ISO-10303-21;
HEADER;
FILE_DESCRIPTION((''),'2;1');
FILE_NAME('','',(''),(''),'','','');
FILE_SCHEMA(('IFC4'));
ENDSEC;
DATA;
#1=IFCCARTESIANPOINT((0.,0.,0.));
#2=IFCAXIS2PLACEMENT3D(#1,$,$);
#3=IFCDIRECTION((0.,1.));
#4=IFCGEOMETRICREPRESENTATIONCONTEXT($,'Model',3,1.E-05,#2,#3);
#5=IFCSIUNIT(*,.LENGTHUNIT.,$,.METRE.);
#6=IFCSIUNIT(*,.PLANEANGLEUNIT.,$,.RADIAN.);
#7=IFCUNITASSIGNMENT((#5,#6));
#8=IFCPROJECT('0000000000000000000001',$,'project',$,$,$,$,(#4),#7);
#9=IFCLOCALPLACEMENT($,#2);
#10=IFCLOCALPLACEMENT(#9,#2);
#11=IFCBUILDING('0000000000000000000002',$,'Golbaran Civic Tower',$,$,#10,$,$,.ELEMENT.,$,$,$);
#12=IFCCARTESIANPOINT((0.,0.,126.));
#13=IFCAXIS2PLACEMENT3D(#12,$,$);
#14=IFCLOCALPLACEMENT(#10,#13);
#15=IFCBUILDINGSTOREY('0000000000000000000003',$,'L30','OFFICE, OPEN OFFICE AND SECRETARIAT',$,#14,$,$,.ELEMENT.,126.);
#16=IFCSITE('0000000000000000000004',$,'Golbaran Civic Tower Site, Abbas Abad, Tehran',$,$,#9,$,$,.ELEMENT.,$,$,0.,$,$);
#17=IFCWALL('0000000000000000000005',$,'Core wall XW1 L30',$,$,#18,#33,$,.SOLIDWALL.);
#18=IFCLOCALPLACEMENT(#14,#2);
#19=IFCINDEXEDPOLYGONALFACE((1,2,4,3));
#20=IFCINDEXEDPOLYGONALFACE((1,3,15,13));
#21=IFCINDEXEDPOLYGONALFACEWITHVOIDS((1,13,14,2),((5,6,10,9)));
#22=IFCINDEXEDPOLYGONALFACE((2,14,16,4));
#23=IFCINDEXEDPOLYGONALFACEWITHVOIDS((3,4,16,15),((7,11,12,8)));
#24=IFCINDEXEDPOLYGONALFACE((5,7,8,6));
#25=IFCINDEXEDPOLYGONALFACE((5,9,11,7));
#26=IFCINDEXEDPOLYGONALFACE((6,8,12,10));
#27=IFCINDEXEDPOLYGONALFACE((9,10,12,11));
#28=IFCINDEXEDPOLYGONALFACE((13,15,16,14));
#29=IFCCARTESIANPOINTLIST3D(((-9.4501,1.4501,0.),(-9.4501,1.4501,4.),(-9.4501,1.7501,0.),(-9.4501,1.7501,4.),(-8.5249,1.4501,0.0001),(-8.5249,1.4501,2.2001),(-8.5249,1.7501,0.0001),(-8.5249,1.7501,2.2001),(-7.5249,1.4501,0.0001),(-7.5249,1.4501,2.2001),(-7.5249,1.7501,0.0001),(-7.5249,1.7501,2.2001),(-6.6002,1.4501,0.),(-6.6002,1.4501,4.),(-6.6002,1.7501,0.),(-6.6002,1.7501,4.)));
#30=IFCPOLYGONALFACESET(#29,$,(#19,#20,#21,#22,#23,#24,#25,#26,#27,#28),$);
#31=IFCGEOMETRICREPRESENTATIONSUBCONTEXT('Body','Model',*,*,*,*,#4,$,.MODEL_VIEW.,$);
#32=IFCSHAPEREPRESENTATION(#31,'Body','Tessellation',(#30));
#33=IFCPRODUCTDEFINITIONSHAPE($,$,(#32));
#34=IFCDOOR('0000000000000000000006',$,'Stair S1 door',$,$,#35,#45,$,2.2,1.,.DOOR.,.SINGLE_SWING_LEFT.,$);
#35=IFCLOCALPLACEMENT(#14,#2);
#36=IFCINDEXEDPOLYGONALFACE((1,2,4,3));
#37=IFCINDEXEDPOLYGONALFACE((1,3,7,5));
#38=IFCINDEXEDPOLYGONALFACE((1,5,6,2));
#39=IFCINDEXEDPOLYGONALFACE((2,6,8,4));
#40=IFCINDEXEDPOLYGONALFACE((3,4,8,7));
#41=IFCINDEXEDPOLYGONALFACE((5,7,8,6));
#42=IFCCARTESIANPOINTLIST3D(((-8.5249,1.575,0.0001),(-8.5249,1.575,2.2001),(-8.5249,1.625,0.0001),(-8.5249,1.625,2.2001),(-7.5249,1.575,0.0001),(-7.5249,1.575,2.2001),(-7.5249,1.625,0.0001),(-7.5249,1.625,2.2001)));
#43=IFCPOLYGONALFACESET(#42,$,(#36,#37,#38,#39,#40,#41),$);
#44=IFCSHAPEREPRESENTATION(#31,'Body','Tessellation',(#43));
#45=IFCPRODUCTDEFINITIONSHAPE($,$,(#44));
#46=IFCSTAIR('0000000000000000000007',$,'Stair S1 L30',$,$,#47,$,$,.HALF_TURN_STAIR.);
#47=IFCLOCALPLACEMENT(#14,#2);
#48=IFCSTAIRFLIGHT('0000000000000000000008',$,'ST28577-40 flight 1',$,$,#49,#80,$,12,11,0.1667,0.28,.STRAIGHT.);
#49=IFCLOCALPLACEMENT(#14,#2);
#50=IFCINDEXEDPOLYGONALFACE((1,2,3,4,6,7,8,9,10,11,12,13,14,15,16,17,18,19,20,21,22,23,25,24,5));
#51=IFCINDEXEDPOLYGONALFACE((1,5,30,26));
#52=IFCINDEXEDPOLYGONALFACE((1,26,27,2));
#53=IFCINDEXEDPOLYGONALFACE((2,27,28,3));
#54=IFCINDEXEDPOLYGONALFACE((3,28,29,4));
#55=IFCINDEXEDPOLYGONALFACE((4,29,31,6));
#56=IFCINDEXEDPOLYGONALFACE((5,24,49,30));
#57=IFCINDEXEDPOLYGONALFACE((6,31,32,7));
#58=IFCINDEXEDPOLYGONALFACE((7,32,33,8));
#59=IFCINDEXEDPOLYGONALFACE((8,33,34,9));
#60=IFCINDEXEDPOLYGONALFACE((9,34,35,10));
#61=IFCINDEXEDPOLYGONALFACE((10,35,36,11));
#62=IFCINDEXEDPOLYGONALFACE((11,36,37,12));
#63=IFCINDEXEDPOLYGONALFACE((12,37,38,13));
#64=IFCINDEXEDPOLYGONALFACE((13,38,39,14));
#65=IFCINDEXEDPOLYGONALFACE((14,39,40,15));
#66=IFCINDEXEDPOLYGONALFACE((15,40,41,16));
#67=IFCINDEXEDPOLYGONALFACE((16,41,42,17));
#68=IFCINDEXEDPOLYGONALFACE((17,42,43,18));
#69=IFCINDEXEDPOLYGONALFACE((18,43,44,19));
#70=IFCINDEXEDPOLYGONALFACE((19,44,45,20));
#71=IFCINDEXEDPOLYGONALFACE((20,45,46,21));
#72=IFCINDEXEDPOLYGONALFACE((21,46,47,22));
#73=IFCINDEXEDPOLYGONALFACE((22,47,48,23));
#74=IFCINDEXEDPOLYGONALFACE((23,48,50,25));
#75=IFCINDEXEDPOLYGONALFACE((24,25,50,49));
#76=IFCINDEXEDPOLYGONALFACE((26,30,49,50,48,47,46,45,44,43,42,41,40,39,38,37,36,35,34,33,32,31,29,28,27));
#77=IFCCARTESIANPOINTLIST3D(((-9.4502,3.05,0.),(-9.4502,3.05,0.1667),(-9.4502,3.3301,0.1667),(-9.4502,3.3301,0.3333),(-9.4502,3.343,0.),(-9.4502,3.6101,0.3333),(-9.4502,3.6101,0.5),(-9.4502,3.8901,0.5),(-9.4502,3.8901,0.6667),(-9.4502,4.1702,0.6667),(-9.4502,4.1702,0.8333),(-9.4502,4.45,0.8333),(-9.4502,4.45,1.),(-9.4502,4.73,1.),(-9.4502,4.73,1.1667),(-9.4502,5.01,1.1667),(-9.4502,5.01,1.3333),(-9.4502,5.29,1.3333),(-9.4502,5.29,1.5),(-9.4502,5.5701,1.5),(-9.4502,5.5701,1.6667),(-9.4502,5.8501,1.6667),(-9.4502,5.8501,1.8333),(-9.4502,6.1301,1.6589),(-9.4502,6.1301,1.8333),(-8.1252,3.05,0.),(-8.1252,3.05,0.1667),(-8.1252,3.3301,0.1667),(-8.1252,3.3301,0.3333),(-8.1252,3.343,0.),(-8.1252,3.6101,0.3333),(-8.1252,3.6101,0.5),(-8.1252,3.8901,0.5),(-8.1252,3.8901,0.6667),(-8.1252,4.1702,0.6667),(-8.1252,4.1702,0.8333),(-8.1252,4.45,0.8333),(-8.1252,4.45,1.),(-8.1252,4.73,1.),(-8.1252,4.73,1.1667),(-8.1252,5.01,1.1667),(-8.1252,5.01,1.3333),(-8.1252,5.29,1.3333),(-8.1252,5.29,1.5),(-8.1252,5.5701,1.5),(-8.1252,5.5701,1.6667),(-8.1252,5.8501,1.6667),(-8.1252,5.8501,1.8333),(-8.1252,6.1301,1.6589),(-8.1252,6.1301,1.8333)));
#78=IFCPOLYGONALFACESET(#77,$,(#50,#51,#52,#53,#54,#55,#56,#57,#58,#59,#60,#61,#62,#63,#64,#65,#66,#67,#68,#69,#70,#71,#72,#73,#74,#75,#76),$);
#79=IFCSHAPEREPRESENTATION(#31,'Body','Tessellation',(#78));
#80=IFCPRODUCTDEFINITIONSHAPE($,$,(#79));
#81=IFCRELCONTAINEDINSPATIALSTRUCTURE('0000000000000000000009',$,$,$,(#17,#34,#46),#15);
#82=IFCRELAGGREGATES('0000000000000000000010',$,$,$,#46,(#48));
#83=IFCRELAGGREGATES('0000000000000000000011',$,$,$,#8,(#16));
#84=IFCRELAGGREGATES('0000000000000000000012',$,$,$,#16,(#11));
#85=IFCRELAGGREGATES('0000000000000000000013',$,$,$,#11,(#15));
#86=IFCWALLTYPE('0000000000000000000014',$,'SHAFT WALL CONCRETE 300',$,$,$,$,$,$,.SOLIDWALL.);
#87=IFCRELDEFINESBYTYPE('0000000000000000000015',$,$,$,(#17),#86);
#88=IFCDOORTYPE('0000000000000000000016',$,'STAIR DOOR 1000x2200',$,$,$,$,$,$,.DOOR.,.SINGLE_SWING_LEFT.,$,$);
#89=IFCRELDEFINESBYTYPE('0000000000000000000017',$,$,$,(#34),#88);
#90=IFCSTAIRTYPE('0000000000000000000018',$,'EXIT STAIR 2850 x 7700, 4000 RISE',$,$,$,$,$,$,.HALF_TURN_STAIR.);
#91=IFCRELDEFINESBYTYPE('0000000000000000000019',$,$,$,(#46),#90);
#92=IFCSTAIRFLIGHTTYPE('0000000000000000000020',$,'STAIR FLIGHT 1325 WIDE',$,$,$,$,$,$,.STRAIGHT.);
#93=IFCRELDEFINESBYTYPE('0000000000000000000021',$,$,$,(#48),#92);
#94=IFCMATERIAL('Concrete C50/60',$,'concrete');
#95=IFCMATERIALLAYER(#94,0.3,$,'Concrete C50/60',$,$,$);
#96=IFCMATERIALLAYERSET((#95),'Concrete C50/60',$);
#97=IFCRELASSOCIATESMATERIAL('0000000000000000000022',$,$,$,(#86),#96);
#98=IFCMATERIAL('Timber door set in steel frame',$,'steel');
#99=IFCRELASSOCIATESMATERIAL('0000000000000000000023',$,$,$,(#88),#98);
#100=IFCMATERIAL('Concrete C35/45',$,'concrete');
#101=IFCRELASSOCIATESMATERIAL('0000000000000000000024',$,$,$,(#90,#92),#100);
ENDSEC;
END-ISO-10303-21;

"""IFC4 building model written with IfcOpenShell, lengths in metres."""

from ifc_helpers import new_model, si_unit, direction, frame, frame_2d, origin, place, context, subcontext, project, spatial, polyline, rectangle, outline, extrude, material, layer, layer_set, type_object, element, fill, aggregate, save


model = new_model("IFC4")

# Units and contexts
model_context = context("Model", 3, precision=1e-05, world=origin(), true_north=direction((0.0, 1.0)))
body_context = subcontext(model_context, "Body", "Model", "MODEL_VIEW")
ifc_project = project(units=[si_unit("LENGTHUNIT", "METRE"), si_unit("PLANEANGLEUNIT", "RADIAN")], contexts=[model_context])

# Site, building, storey
site_placement = place(None, origin())
site = spatial("IfcSite", under=ifc_project, at=site_placement, Name="Golbaran Civic Tower Site, Abbas Abad, Tehran", CompositionType="ELEMENT", RefElevation=0.0)
building_placement = place(site_placement, origin())
building = spatial("IfcBuilding", under=site, at=building_placement, Name="Golbaran Civic Tower", CompositionType="ELEMENT")
storey_placement = place(building_placement, frame((0.0, 0.0, 126.0)))
storey = spatial("IfcBuildingStorey", under=building, at=storey_placement, Name="L30", Description="OFFICE, OPEN OFFICE AND SECRETARIAT", CompositionType="ELEMENT", Elevation=126.0)

# Shared definitions
ifc_material_1 = material(Name="Concrete C50/60", Category="concrete")
ifc_material_2 = material(Name="Timber door set in steel frame", Category="steel")

# Wall, opening, door
ifc_layer_1 = layer(ifc_material_1, 0.3, Name="Concrete C50/60")
ifc_layer_set_1 = layer_set([ifc_layer_1], Name="Concrete C50/60")
wall_type_1 = type_object("IfcWallType", Name="SHAFT WALL CONCRETE 300", PredefinedType="SOLIDWALL", material=ifc_layer_set_1)
wall_1_placement = place(storey_placement, frame((-9.45, 1.6001, 0.0), z_axis=(0.0, 0.0, 1.0), x_axis=(1.0, 0.0, 0.0)))
wall_1 = element("IfcWall", 1, at=wall_1_placement, inside=storey, type_object=wall_type_1, Name="Core wall XW1 L30", PredefinedType="SOLIDWALL", context=body_context, shape_type="SweptSolid", body=[
    extrude(rectangle(XDim=2.8499, YDim=0.3, at=frame_2d((1.4248, 0.0))), origin(), (0.0, 0.0, 1.0), 4.0),
])
opening_1_placement = place(wall_1_placement, frame((0.925, 0.0, 0.0)))
opening_1 = element("IfcOpeningElement", 2, at=opening_1_placement, cuts=wall_1, PredefinedType="OPENING", context=body_context, shape_type="SweptSolid", body=[
    extrude(rectangle(XDim=1.0, YDim=2.2, at=frame_2d((0.5, 1.1001))), frame((0.0, 0.1599, 0.0), z_axis=(0.0, -1.0, 0.0), x_axis=(1.0, 0.0, 0.0)), (0.0, 0.0, 1.0), 0.3201),
])
door_type_1 = type_object("IfcDoorType", Name="STAIR DOOR 1000x2200", OperationType="SINGLE_SWING_LEFT", PredefinedType="DOOR", material=ifc_material_2)
door_1_placement = place(opening_1_placement, origin())
door_1 = element("IfcDoor", 3, at=door_1_placement, inside=storey, type_object=door_type_1, Name="Stair S1 door", OperationType="SINGLE_SWING_LEFT", OverallHeight=2.2, OverallWidth=1.0, PredefinedType="DOOR", context=body_context, shape_type="SweptSolid", body=[
    extrude(rectangle(XDim=1.0, YDim=2.2, at=frame_2d((0.5, 1.1001))), frame((0.0, 0.0249, 0.0), z_axis=(0.0, -1.0, 0.0), x_axis=(1.0, 0.0, 0.0)), (0.0, 0.0, 1.0), 0.05),
])
fill(opening_1, door_1)

# Stair, stair flight
ifc_material_3 = material(Name="Concrete C35/45", Category="concrete")
stair_type = type_object("IfcStairType", Name="EXIT STAIR 2850 x 7700, 4000 RISE", PredefinedType="HALF_TURN_STAIR", material=ifc_material_3)
stair_placement = place(storey_placement, origin())
stair = element("IfcStair", 4, at=stair_placement, inside=storey, type_object=stair_type, Name="Stair S1 L30", PredefinedType="HALF_TURN_STAIR")
stair_flight_type = type_object("IfcStairFlightType", Name="STAIR FLIGHT 1325 WIDE", PredefinedType="STRAIGHT", material=ifc_material_3)
stair_flight_placement = place(storey_placement, frame((-8.7876, 3.05, 0.0), z_axis=(0.0, 0.0, 1.0), x_axis=(0.0, 1.0, 0.0)))
stair_flight = element("IfcStairFlight", 5, at=stair_flight_placement, type_object=stair_flight_type, Name="ST28577-40 flight 1", NumberOfRisers=12, NumberOfTreads=11, PredefinedType="STRAIGHT", RiserHeight=0.1667, TreadLength=0.28, context=body_context, shape_type="SweptSolid", body=[
    extrude(outline(polyline([(0.0, 0.0), (0.0, 0.1667), (0.28, 0.1667), (0.28, 0.3333), (0.5601, 0.3333), (0.5601, 0.5), (0.8401, 0.5), (0.8401, 0.6667), (1.1201, 0.6667), (1.1201, 0.8333), (1.3999, 0.8333), (1.3999, 1.0), (1.6799, 1.0), (1.6799, 1.1667), (1.96, 1.1667), (1.96, 1.3333), (2.24, 1.3333), (2.24, 1.5), (2.52, 1.5), (2.52, 1.6667), (2.8, 1.6667), (2.8, 1.8333), (3.0801, 1.8333), (3.0801, 2.0), (3.0801, 1.6589), (0.293, 0.0), (0.0, 0.0)])), frame((0.0, 0.6626, 0.0), z_axis=(0.0, -1.0, 0.0), x_axis=(1.0, 0.0, 0.0)), (0.0, 0.0, 1.0), 1.325),
])
aggregate(stair, [stair_flight])

save(model, "model.ifc")
